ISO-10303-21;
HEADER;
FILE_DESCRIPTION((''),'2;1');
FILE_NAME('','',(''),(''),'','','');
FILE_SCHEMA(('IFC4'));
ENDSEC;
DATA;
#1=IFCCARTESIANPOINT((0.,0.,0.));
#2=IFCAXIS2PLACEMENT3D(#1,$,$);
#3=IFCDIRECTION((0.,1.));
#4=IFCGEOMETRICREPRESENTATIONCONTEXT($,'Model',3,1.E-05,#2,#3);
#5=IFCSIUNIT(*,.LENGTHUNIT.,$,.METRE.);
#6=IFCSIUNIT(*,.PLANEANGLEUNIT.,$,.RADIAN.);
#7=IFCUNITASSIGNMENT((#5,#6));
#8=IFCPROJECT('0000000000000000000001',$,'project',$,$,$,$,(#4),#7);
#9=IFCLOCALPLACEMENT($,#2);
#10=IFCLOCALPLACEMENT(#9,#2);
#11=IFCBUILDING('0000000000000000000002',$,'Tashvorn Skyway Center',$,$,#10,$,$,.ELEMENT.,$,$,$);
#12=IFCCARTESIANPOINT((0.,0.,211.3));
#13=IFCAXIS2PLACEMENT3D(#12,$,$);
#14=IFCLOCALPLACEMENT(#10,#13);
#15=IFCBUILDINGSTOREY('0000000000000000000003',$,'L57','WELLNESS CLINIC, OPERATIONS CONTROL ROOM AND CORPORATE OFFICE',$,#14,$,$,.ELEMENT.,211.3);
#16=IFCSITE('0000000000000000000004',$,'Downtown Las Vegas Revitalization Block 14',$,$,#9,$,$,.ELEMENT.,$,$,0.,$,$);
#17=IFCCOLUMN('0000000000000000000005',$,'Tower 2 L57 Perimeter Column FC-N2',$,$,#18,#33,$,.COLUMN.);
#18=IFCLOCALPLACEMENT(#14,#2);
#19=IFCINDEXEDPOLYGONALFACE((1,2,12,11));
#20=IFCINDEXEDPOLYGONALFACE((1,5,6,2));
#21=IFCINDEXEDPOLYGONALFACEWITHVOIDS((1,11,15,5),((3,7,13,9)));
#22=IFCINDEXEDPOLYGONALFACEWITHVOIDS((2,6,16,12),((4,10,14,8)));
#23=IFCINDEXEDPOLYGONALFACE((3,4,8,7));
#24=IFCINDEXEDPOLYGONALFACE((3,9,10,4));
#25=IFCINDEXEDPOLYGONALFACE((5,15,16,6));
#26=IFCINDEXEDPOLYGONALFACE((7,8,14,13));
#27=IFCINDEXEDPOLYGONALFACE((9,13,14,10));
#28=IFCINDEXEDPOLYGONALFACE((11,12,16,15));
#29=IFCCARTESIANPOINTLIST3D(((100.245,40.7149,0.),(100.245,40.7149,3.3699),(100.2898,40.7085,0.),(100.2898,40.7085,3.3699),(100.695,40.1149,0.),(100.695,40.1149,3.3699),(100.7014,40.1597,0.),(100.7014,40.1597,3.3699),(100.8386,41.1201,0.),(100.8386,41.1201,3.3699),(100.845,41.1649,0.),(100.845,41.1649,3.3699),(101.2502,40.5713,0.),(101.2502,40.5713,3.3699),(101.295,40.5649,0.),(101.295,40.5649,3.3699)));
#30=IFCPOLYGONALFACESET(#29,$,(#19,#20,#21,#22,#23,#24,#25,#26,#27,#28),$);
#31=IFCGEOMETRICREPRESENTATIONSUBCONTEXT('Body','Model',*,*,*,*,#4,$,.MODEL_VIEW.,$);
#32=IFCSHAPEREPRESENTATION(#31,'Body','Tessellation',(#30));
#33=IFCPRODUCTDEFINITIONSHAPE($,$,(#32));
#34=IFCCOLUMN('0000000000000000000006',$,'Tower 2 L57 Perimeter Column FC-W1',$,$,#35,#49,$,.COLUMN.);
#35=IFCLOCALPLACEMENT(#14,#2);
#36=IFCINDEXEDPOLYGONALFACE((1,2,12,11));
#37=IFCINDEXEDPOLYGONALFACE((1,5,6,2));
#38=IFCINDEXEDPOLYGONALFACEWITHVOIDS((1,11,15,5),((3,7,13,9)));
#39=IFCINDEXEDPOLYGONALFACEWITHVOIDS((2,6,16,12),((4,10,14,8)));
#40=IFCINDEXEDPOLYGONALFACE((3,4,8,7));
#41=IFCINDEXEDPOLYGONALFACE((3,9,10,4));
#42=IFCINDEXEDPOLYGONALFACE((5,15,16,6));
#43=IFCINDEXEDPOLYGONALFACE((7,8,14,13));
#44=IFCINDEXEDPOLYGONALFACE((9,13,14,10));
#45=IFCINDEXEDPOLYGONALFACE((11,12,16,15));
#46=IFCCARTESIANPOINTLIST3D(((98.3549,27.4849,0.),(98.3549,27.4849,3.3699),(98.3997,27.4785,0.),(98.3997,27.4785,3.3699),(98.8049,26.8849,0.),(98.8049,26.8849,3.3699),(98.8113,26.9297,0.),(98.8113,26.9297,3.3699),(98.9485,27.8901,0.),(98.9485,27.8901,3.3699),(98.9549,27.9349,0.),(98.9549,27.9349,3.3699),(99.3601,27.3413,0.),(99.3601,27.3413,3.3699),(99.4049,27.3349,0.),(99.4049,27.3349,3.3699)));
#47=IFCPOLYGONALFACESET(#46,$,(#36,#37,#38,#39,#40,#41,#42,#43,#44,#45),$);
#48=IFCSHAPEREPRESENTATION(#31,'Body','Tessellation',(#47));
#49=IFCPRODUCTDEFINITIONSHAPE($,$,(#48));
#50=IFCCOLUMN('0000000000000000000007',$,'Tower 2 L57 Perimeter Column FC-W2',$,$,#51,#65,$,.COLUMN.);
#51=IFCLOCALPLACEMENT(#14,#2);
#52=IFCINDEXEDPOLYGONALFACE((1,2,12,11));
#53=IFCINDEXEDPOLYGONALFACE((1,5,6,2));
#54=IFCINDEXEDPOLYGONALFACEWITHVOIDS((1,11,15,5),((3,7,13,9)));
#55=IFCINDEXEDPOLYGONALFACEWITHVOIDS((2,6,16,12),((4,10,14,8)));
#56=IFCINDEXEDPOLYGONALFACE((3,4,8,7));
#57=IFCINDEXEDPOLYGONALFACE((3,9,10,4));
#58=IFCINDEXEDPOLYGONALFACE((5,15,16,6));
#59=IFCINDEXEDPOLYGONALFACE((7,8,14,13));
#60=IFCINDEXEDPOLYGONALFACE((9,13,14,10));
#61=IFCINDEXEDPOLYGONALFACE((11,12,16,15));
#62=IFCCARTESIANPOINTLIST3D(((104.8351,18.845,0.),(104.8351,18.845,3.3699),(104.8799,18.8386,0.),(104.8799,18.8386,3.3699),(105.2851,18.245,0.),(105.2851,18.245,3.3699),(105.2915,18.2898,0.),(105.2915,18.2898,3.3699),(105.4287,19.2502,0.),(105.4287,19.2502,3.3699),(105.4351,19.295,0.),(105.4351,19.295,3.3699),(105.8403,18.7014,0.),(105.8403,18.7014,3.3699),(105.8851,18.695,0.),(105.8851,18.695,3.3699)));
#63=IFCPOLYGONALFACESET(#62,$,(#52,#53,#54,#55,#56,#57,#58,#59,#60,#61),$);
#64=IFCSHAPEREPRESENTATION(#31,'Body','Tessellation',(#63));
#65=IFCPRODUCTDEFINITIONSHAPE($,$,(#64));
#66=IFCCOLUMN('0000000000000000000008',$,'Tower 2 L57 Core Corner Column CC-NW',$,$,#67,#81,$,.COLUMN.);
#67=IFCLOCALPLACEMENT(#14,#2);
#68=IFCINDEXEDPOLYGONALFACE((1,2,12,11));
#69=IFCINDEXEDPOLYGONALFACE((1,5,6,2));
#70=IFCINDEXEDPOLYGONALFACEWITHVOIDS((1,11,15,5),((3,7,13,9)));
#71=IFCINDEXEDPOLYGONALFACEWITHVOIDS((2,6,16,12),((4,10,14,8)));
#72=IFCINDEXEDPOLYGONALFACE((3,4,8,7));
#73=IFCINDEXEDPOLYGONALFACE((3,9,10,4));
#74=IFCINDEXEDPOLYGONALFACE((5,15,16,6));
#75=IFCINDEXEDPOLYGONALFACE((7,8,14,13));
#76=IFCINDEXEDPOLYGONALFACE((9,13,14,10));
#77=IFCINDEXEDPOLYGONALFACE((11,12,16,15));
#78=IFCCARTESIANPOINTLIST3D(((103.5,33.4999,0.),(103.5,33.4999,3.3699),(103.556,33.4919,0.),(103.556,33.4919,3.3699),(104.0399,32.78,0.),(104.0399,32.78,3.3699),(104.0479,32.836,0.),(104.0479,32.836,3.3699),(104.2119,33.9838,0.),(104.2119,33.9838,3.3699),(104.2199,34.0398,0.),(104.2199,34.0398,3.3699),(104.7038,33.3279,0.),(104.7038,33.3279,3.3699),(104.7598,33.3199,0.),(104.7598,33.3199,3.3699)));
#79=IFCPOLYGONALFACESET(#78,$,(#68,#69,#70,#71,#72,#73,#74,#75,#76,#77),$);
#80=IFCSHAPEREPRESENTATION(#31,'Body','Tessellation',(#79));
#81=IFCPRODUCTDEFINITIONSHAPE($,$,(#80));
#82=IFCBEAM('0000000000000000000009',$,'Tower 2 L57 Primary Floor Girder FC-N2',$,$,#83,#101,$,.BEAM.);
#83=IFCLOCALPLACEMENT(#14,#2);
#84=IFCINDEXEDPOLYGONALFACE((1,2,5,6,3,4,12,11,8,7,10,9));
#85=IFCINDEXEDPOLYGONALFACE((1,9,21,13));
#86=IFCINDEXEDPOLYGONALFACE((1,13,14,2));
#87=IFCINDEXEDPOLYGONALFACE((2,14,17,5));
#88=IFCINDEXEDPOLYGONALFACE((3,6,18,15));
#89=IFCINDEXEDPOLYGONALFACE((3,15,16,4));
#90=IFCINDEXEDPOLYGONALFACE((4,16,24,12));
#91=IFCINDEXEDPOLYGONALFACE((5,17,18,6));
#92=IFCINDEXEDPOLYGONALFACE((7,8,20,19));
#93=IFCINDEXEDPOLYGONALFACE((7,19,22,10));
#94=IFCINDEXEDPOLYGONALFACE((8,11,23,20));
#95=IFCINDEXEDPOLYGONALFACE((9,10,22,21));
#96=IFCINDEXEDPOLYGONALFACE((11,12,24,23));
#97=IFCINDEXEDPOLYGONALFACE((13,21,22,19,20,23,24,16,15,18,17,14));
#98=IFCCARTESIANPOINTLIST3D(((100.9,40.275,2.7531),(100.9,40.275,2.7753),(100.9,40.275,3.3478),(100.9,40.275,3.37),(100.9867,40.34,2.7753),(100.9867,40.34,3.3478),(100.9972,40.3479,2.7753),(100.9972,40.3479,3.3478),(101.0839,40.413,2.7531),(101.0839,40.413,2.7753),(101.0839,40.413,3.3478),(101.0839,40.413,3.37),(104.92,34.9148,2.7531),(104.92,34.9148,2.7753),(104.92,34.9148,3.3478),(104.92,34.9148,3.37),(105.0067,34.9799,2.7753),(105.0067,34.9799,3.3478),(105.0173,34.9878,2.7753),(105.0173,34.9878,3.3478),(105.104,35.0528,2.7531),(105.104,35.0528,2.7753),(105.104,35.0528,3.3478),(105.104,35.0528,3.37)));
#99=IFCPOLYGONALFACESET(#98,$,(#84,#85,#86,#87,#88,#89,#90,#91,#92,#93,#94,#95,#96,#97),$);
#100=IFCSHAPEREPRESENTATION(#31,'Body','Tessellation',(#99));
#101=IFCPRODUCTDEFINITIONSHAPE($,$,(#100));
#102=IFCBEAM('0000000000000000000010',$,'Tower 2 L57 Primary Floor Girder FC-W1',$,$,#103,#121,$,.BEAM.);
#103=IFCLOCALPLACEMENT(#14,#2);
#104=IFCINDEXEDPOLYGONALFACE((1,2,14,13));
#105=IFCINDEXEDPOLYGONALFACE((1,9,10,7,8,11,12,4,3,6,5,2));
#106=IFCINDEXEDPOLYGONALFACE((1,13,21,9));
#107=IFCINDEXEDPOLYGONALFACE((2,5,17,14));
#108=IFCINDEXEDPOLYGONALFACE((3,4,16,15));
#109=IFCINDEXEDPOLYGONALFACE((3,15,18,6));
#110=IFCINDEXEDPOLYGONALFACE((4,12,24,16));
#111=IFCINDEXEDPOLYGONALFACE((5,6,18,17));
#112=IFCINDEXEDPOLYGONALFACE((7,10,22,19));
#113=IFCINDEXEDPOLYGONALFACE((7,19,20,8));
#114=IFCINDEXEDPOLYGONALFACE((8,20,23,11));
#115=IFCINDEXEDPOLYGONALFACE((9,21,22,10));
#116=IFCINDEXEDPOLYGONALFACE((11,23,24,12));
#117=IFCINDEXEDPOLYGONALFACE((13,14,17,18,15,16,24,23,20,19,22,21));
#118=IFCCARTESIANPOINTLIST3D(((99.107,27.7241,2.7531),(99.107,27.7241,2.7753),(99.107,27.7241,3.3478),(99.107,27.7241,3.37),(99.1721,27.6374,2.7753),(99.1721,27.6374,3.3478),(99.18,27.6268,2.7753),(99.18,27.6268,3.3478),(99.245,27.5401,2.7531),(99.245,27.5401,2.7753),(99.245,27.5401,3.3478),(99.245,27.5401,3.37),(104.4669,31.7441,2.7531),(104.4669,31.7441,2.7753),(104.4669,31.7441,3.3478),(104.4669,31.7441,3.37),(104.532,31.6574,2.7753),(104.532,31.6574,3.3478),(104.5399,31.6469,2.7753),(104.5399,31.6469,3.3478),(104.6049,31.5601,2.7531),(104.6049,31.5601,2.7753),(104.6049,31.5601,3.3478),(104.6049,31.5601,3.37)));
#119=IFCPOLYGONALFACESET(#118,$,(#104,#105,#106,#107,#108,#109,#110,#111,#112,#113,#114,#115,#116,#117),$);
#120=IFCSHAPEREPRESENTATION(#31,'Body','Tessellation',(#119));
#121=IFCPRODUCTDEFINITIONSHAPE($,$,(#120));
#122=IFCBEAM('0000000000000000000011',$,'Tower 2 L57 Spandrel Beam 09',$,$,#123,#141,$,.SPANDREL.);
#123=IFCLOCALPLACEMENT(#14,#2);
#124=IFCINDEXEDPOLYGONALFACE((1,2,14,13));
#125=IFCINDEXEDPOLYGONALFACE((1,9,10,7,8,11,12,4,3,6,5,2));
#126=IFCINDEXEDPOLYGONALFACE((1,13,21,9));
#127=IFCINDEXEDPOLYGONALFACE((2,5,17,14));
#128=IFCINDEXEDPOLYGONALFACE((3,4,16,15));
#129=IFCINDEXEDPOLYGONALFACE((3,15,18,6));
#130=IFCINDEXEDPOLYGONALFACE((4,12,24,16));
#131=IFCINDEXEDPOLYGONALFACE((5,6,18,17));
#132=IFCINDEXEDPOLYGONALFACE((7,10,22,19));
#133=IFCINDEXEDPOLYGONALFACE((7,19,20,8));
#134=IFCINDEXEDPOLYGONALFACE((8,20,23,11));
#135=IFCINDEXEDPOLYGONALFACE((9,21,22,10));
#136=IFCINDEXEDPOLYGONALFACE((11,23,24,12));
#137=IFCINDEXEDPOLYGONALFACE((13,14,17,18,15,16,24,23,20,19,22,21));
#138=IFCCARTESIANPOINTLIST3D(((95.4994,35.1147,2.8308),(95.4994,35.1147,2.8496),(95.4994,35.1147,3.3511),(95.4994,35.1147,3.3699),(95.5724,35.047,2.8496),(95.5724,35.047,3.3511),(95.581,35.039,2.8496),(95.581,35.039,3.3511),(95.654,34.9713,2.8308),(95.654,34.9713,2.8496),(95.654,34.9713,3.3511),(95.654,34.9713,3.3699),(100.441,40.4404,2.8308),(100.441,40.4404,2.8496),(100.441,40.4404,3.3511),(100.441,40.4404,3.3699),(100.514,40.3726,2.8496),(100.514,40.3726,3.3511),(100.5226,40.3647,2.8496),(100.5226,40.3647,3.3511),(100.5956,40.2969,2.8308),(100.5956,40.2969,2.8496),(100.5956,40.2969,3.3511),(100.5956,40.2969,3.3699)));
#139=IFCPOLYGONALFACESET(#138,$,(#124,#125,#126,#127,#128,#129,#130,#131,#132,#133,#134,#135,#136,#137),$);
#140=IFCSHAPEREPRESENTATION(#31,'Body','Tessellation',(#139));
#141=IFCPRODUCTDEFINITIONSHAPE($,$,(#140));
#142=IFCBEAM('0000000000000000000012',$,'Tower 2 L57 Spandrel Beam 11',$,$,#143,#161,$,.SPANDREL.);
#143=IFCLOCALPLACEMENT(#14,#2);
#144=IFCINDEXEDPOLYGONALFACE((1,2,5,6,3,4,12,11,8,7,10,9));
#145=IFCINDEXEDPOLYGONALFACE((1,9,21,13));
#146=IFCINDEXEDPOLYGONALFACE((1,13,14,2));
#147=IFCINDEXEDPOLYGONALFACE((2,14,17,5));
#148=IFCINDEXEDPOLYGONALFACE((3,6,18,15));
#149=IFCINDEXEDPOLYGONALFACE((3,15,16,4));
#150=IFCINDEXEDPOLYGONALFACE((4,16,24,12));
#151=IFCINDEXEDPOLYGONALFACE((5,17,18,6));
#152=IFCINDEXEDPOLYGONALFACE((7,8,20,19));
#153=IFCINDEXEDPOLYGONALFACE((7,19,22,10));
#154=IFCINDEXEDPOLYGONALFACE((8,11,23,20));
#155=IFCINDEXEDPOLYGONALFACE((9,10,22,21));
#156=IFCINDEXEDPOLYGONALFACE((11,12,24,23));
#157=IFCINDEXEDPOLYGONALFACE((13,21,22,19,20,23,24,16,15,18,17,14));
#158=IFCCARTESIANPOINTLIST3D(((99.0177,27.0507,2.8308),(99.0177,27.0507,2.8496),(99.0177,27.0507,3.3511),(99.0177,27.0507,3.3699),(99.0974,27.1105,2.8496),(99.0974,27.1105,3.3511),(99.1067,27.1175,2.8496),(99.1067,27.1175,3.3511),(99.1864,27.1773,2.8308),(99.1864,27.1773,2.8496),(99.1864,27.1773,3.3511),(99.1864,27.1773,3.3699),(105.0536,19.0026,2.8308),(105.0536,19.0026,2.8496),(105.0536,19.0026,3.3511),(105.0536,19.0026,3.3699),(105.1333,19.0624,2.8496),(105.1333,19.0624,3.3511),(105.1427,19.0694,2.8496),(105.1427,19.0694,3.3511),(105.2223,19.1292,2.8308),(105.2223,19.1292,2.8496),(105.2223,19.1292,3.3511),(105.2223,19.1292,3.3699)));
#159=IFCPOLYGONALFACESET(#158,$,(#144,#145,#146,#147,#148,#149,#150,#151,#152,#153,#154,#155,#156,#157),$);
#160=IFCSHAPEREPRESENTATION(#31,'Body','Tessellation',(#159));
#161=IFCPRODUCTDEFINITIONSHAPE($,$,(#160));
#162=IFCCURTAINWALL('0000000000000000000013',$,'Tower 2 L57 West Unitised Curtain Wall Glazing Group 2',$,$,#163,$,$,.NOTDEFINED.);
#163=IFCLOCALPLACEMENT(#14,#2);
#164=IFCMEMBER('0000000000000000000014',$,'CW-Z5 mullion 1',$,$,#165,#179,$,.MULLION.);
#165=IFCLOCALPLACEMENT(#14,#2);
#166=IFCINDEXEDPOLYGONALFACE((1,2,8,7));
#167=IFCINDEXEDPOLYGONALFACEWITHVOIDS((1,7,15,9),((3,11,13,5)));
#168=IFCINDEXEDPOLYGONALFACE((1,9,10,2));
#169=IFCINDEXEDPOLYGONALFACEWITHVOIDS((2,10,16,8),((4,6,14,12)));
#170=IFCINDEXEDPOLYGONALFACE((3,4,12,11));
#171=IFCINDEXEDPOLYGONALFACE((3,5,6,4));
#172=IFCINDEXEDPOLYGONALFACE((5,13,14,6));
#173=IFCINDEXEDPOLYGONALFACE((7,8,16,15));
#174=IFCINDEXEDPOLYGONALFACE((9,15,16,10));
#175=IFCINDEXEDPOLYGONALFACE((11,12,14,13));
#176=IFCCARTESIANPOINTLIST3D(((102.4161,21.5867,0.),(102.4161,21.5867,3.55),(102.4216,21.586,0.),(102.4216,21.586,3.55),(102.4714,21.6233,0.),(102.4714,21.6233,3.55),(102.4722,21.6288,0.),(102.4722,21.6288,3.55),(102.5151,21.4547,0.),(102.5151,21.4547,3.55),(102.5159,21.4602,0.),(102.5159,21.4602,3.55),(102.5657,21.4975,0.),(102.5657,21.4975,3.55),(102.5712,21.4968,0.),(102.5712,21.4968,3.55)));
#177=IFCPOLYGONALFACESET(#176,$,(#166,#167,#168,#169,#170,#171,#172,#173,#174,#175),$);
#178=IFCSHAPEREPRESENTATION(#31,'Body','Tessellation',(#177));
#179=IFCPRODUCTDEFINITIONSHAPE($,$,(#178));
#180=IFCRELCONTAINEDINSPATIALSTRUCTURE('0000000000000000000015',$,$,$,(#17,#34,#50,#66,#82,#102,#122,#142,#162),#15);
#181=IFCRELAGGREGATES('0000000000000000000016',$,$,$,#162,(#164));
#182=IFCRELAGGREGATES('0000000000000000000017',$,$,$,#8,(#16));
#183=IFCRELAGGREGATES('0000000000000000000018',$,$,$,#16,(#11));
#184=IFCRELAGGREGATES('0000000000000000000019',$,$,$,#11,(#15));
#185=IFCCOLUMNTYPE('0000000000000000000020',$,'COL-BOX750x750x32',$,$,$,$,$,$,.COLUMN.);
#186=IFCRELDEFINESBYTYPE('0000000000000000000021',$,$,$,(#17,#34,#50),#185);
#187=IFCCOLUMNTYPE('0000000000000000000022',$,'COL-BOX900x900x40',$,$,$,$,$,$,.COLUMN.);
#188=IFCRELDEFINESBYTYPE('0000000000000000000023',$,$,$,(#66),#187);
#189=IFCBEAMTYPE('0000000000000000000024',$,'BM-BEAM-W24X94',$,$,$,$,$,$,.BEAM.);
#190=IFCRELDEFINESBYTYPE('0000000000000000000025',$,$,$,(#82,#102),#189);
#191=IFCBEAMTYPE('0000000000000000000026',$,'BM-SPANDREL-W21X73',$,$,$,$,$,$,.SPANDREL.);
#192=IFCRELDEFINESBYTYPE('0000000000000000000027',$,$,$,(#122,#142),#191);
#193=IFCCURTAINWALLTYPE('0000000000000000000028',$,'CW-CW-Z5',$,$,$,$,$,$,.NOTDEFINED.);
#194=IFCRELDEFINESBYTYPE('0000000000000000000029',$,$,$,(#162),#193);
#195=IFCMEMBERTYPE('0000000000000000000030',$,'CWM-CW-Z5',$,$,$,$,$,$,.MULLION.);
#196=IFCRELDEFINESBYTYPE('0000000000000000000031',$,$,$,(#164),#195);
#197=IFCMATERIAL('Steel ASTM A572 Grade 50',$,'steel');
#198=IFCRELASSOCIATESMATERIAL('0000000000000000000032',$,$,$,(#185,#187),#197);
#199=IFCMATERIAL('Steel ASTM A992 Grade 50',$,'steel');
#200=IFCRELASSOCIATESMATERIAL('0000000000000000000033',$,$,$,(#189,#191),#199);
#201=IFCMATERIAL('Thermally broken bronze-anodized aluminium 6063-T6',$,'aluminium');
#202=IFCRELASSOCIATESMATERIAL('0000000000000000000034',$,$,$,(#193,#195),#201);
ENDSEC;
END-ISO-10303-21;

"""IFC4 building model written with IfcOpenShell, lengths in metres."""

from ifc_helpers import new_model, si_unit, direction, frame, origin, origin_2d, place, context, subcontext, project, spatial, hollow_rectangle, i_section, extrude, material, material_profile, profile_set, type_object, element, aggregate, save


model = new_model("IFC4")

# Units and contexts
model_context = context("Model", 3, precision=1e-05, world=origin(), true_north=direction((0.0, 1.0)))
body_context = subcontext(model_context, "Body", "Model", "MODEL_VIEW")
ifc_project = project(units=[si_unit("LENGTHUNIT", "METRE"), si_unit("PLANEANGLEUNIT", "RADIAN")], contexts=[model_context])

# Site, building, storey
site_placement = place(None, origin())
site = spatial("IfcSite", under=ifc_project, at=site_placement, Name="Downtown Las Vegas Revitalization Block 14", CompositionType="ELEMENT", RefElevation=0.0)
building_placement = place(site_placement, origin())
building = spatial("IfcBuilding", under=site, at=building_placement, Name="Tashvorn Skyway Center", CompositionType="ELEMENT")
storey_placement = place(building_placement, frame((0.0, 0.0, 211.3)))
storey = spatial("IfcBuildingStorey", under=building, at=storey_placement, Name="L57", Description="WELLNESS CLINIC, OPERATIONS CONTROL ROOM AND CORPORATE OFFICE", CompositionType="ELEMENT", Elevation=211.3)

# Columns
ifc_material_1 = material(Name="Steel ASTM A572 Grade 50", Category="steel")
ifc_material_profile_1 = material_profile(ifc_material_1, hollow_rectangle(XDim=0.75, YDim=0.75, WallThickness=0.032, at=origin_2d()), Name="BOX750x750x32")
ifc_profile_set_1 = profile_set([ifc_material_profile_1], Name="Steel ASTM A572 Grade 50")
column_type_1 = type_object("IfcColumnType", Name="COL-BOX750x750x32", PredefinedType="COLUMN", material=ifc_profile_set_1)
for number, where, z_axis, x_axis, name in (
    (1, (100.77, 40.6399, 0.0), (0.0, 0.0, 1.0), (0.8, 0.6, 0.0), "Tower 2 L57 Perimeter Column FC-N2"),
    (2, (98.8799, 27.4099, 0.0), (0.0, 0.0, 1.0), (0.8, 0.6, 0.0), "Tower 2 L57 Perimeter Column FC-W1"),
    (3, (105.3601, 18.77, 0.0), (0.0, 0.0, 1.0), (0.8, 0.6, 0.0), "Tower 2 L57 Perimeter Column FC-W2"),
):
    element("IfcColumn", number, at=place(storey_placement, frame(where, z_axis=z_axis, x_axis=x_axis)), inside=storey, type_object=column_type_1, Name=name, PredefinedType="COLUMN", context=body_context, shape_type="SweptSolid", body=[
        extrude(hollow_rectangle(XDim=0.75, YDim=0.75, WallThickness=0.032, at=origin_2d()), origin(), (0.0, 0.0, 1.0), 3.3699),
    ])
ifc_material_profile_2 = material_profile(ifc_material_1, hollow_rectangle(XDim=0.8999, YDim=0.8999, WallThickness=0.04, at=origin_2d()), Name="BOX900x900x40")
ifc_profile_set_2 = profile_set([ifc_material_profile_2], Name="Steel ASTM A572 Grade 50")
column_type_2 = type_object("IfcColumnType", Name="COL-BOX900x900x40", PredefinedType="COLUMN", material=ifc_profile_set_2)
column_placement = place(storey_placement, frame((104.1299, 33.4099, 0.0), z_axis=(0.0, 0.0, 1.0), x_axis=(0.8, 0.6, 0.0)))
element("IfcColumn", 4, at=column_placement, inside=storey, type_object=column_type_2, Name="Tower 2 L57 Core Corner Column CC-NW", PredefinedType="COLUMN", context=body_context, shape_type="SweptSolid", body=[
    extrude(hollow_rectangle(XDim=0.8999, YDim=0.8999, WallThickness=0.04, at=origin_2d()), origin(), (0.0, 0.0, 1.0), 3.3699),
])

# Beams
ifc_material_2 = material(Name="Steel ASTM A992 Grade 50", Category="steel")
ifc_material_profile_3 = material_profile(ifc_material_2, i_section(OverallWidth=0.23, OverallDepth=0.6169, WebThickness=0.0132, FlangeThickness=0.0222, at=origin_2d()), Name="W24X94")
ifc_profile_set_3 = profile_set([ifc_material_profile_3], Name="Steel ASTM A992 Grade 50")
beam_type_1 = type_object("IfcBeamType", Name="BM-BEAM-W24X94", PredefinedType="BEAM", material=ifc_profile_set_3)
beam_1_placement = place(storey_placement, frame((100.9919, 40.344, 3.0615), z_axis=(0.599994, -0.800004, 0.0), x_axis=(0.800004, 0.599994, 0.0)))
element("IfcBeam", 5, at=beam_1_placement, inside=storey, type_object=beam_type_1, Name="Tower 2 L57 Primary Floor Girder FC-N2", PredefinedType="BEAM", context=body_context, shape_type="SweptSolid", body=[
    extrude(i_section(OverallWidth=0.23, OverallDepth=0.6169, WebThickness=0.0132, FlangeThickness=0.0222, at=origin_2d()), origin(), (0.0, 0.0, 1.0), 6.7002),
])
beam_2_placement = place(storey_placement, frame((99.176, 27.6321, 3.0615), z_axis=(0.799991, 0.600012, 0.0), x_axis=(-0.600012, 0.799991, 0.0)))
element("IfcBeam", 6, at=beam_2_placement, inside=storey, type_object=beam_type_1, Name="Tower 2 L57 Primary Floor Girder FC-W1", PredefinedType="BEAM", context=body_context, shape_type="SweptSolid", body=[
    extrude(i_section(OverallWidth=0.23, OverallDepth=0.6169, WebThickness=0.0132, FlangeThickness=0.0222, at=origin_2d()), origin(), (0.0, 0.0, 1.0), 6.7),
])
ifc_material_profile_4 = material_profile(ifc_material_2, i_section(OverallWidth=0.2109, OverallDepth=0.5391, WebThickness=0.0117, FlangeThickness=0.0188, at=origin_2d()), Name="W21X73")
ifc_profile_set_4 = profile_set([ifc_material_profile_4], Name="Steel ASTM A992 Grade 50")
beam_type_2 = type_object("IfcBeamType", Name="BM-SPANDREL-W21X73", PredefinedType="SPANDREL", material=ifc_profile_set_4)
beam_3_placement = place(storey_placement, frame((100.5183, 40.3687, 3.1003), z_axis=(-0.680183, -0.733042, 0.0), x_axis=(0.733042, -0.680183, 0.0)))
element("IfcBeam", 7, at=beam_3_placement, inside=storey, type_object=beam_type_2, Name="Tower 2 L57 Spandrel Beam 09", PredefinedType="SPANDREL", context=body_context, shape_type="SweptSolid", body=[
    extrude(i_section(OverallWidth=0.2109, OverallDepth=0.5391, WebThickness=0.0117, FlangeThickness=0.0188, at=origin_2d()), origin(), (0.0, 0.0, 1.0), 7.2651),
])
beam_4_placement = place(storey_placement, frame((99.1021, 27.114, 3.1003), z_axis=(0.599988, -0.800009, 0.0), x_axis=(0.800009, 0.599988, 0.0)))
element("IfcBeam", 8, at=beam_4_placement, inside=storey, type_object=beam_type_2, Name="Tower 2 L57 Spandrel Beam 11", PredefinedType="SPANDREL", context=body_context, shape_type="SweptSolid", body=[
    extrude(i_section(OverallWidth=0.2109, OverallDepth=0.5391, WebThickness=0.0117, FlangeThickness=0.0188, at=origin_2d()), origin(), (0.0, 0.0, 1.0), 10.0601),
])

# Curtain wall, member
ifc_material_3 = material(Name="Thermally broken bronze-anodized aluminium 6063-T6", Category="aluminium")
curtain_wall_type = type_object("IfcCurtainWallType", Name="CW-CW-Z5", PredefinedType="NOTDEFINED", material=ifc_material_3)
curtain_wall_1_placement = place(storey_placement, origin())
curtain_wall_1 = element("IfcCurtainWall", 9, at=curtain_wall_1_placement, inside=storey, type_object=curtain_wall_type, Name="Tower 2 L57 West Unitised Curtain Wall Glazing Group 2", PredefinedType="NOTDEFINED")
ifc_material_profile_5 = material_profile(ifc_material_3, hollow_rectangle(XDim=0.0701, YDim=0.165, WallThickness=0.0039, at=origin_2d()), Name="ALU-MULL-70x165")
ifc_profile_set_5 = profile_set([ifc_material_profile_5], Name="Thermally broken bronze-anodized aluminium 6063-T6")
member_type_1 = type_object("IfcMemberType", Name="CWM-CW-Z5", PredefinedType="MULLION", material=ifc_profile_set_5)
member_1_placement = place(storey_placement, frame((102.4937, 21.5417, 0.0), z_axis=(0.0, 0.0, 1.0), x_axis=(-0.799984, -0.600021, 0.0)))
member_1 = element("IfcMember", 10, at=member_1_placement, type_object=member_type_1, Name="CW-Z5 mullion 1", PredefinedType="MULLION", context=body_context, shape_type="SweptSolid", body=[
    extrude(hollow_rectangle(XDim=0.0701, YDim=0.165, WallThickness=0.0039, at=origin_2d()), origin(), (0.0, 0.0, 1.0), 3.55),
])

aggregate(curtain_wall_1, [member_1])

save(model, "model.ifc")
